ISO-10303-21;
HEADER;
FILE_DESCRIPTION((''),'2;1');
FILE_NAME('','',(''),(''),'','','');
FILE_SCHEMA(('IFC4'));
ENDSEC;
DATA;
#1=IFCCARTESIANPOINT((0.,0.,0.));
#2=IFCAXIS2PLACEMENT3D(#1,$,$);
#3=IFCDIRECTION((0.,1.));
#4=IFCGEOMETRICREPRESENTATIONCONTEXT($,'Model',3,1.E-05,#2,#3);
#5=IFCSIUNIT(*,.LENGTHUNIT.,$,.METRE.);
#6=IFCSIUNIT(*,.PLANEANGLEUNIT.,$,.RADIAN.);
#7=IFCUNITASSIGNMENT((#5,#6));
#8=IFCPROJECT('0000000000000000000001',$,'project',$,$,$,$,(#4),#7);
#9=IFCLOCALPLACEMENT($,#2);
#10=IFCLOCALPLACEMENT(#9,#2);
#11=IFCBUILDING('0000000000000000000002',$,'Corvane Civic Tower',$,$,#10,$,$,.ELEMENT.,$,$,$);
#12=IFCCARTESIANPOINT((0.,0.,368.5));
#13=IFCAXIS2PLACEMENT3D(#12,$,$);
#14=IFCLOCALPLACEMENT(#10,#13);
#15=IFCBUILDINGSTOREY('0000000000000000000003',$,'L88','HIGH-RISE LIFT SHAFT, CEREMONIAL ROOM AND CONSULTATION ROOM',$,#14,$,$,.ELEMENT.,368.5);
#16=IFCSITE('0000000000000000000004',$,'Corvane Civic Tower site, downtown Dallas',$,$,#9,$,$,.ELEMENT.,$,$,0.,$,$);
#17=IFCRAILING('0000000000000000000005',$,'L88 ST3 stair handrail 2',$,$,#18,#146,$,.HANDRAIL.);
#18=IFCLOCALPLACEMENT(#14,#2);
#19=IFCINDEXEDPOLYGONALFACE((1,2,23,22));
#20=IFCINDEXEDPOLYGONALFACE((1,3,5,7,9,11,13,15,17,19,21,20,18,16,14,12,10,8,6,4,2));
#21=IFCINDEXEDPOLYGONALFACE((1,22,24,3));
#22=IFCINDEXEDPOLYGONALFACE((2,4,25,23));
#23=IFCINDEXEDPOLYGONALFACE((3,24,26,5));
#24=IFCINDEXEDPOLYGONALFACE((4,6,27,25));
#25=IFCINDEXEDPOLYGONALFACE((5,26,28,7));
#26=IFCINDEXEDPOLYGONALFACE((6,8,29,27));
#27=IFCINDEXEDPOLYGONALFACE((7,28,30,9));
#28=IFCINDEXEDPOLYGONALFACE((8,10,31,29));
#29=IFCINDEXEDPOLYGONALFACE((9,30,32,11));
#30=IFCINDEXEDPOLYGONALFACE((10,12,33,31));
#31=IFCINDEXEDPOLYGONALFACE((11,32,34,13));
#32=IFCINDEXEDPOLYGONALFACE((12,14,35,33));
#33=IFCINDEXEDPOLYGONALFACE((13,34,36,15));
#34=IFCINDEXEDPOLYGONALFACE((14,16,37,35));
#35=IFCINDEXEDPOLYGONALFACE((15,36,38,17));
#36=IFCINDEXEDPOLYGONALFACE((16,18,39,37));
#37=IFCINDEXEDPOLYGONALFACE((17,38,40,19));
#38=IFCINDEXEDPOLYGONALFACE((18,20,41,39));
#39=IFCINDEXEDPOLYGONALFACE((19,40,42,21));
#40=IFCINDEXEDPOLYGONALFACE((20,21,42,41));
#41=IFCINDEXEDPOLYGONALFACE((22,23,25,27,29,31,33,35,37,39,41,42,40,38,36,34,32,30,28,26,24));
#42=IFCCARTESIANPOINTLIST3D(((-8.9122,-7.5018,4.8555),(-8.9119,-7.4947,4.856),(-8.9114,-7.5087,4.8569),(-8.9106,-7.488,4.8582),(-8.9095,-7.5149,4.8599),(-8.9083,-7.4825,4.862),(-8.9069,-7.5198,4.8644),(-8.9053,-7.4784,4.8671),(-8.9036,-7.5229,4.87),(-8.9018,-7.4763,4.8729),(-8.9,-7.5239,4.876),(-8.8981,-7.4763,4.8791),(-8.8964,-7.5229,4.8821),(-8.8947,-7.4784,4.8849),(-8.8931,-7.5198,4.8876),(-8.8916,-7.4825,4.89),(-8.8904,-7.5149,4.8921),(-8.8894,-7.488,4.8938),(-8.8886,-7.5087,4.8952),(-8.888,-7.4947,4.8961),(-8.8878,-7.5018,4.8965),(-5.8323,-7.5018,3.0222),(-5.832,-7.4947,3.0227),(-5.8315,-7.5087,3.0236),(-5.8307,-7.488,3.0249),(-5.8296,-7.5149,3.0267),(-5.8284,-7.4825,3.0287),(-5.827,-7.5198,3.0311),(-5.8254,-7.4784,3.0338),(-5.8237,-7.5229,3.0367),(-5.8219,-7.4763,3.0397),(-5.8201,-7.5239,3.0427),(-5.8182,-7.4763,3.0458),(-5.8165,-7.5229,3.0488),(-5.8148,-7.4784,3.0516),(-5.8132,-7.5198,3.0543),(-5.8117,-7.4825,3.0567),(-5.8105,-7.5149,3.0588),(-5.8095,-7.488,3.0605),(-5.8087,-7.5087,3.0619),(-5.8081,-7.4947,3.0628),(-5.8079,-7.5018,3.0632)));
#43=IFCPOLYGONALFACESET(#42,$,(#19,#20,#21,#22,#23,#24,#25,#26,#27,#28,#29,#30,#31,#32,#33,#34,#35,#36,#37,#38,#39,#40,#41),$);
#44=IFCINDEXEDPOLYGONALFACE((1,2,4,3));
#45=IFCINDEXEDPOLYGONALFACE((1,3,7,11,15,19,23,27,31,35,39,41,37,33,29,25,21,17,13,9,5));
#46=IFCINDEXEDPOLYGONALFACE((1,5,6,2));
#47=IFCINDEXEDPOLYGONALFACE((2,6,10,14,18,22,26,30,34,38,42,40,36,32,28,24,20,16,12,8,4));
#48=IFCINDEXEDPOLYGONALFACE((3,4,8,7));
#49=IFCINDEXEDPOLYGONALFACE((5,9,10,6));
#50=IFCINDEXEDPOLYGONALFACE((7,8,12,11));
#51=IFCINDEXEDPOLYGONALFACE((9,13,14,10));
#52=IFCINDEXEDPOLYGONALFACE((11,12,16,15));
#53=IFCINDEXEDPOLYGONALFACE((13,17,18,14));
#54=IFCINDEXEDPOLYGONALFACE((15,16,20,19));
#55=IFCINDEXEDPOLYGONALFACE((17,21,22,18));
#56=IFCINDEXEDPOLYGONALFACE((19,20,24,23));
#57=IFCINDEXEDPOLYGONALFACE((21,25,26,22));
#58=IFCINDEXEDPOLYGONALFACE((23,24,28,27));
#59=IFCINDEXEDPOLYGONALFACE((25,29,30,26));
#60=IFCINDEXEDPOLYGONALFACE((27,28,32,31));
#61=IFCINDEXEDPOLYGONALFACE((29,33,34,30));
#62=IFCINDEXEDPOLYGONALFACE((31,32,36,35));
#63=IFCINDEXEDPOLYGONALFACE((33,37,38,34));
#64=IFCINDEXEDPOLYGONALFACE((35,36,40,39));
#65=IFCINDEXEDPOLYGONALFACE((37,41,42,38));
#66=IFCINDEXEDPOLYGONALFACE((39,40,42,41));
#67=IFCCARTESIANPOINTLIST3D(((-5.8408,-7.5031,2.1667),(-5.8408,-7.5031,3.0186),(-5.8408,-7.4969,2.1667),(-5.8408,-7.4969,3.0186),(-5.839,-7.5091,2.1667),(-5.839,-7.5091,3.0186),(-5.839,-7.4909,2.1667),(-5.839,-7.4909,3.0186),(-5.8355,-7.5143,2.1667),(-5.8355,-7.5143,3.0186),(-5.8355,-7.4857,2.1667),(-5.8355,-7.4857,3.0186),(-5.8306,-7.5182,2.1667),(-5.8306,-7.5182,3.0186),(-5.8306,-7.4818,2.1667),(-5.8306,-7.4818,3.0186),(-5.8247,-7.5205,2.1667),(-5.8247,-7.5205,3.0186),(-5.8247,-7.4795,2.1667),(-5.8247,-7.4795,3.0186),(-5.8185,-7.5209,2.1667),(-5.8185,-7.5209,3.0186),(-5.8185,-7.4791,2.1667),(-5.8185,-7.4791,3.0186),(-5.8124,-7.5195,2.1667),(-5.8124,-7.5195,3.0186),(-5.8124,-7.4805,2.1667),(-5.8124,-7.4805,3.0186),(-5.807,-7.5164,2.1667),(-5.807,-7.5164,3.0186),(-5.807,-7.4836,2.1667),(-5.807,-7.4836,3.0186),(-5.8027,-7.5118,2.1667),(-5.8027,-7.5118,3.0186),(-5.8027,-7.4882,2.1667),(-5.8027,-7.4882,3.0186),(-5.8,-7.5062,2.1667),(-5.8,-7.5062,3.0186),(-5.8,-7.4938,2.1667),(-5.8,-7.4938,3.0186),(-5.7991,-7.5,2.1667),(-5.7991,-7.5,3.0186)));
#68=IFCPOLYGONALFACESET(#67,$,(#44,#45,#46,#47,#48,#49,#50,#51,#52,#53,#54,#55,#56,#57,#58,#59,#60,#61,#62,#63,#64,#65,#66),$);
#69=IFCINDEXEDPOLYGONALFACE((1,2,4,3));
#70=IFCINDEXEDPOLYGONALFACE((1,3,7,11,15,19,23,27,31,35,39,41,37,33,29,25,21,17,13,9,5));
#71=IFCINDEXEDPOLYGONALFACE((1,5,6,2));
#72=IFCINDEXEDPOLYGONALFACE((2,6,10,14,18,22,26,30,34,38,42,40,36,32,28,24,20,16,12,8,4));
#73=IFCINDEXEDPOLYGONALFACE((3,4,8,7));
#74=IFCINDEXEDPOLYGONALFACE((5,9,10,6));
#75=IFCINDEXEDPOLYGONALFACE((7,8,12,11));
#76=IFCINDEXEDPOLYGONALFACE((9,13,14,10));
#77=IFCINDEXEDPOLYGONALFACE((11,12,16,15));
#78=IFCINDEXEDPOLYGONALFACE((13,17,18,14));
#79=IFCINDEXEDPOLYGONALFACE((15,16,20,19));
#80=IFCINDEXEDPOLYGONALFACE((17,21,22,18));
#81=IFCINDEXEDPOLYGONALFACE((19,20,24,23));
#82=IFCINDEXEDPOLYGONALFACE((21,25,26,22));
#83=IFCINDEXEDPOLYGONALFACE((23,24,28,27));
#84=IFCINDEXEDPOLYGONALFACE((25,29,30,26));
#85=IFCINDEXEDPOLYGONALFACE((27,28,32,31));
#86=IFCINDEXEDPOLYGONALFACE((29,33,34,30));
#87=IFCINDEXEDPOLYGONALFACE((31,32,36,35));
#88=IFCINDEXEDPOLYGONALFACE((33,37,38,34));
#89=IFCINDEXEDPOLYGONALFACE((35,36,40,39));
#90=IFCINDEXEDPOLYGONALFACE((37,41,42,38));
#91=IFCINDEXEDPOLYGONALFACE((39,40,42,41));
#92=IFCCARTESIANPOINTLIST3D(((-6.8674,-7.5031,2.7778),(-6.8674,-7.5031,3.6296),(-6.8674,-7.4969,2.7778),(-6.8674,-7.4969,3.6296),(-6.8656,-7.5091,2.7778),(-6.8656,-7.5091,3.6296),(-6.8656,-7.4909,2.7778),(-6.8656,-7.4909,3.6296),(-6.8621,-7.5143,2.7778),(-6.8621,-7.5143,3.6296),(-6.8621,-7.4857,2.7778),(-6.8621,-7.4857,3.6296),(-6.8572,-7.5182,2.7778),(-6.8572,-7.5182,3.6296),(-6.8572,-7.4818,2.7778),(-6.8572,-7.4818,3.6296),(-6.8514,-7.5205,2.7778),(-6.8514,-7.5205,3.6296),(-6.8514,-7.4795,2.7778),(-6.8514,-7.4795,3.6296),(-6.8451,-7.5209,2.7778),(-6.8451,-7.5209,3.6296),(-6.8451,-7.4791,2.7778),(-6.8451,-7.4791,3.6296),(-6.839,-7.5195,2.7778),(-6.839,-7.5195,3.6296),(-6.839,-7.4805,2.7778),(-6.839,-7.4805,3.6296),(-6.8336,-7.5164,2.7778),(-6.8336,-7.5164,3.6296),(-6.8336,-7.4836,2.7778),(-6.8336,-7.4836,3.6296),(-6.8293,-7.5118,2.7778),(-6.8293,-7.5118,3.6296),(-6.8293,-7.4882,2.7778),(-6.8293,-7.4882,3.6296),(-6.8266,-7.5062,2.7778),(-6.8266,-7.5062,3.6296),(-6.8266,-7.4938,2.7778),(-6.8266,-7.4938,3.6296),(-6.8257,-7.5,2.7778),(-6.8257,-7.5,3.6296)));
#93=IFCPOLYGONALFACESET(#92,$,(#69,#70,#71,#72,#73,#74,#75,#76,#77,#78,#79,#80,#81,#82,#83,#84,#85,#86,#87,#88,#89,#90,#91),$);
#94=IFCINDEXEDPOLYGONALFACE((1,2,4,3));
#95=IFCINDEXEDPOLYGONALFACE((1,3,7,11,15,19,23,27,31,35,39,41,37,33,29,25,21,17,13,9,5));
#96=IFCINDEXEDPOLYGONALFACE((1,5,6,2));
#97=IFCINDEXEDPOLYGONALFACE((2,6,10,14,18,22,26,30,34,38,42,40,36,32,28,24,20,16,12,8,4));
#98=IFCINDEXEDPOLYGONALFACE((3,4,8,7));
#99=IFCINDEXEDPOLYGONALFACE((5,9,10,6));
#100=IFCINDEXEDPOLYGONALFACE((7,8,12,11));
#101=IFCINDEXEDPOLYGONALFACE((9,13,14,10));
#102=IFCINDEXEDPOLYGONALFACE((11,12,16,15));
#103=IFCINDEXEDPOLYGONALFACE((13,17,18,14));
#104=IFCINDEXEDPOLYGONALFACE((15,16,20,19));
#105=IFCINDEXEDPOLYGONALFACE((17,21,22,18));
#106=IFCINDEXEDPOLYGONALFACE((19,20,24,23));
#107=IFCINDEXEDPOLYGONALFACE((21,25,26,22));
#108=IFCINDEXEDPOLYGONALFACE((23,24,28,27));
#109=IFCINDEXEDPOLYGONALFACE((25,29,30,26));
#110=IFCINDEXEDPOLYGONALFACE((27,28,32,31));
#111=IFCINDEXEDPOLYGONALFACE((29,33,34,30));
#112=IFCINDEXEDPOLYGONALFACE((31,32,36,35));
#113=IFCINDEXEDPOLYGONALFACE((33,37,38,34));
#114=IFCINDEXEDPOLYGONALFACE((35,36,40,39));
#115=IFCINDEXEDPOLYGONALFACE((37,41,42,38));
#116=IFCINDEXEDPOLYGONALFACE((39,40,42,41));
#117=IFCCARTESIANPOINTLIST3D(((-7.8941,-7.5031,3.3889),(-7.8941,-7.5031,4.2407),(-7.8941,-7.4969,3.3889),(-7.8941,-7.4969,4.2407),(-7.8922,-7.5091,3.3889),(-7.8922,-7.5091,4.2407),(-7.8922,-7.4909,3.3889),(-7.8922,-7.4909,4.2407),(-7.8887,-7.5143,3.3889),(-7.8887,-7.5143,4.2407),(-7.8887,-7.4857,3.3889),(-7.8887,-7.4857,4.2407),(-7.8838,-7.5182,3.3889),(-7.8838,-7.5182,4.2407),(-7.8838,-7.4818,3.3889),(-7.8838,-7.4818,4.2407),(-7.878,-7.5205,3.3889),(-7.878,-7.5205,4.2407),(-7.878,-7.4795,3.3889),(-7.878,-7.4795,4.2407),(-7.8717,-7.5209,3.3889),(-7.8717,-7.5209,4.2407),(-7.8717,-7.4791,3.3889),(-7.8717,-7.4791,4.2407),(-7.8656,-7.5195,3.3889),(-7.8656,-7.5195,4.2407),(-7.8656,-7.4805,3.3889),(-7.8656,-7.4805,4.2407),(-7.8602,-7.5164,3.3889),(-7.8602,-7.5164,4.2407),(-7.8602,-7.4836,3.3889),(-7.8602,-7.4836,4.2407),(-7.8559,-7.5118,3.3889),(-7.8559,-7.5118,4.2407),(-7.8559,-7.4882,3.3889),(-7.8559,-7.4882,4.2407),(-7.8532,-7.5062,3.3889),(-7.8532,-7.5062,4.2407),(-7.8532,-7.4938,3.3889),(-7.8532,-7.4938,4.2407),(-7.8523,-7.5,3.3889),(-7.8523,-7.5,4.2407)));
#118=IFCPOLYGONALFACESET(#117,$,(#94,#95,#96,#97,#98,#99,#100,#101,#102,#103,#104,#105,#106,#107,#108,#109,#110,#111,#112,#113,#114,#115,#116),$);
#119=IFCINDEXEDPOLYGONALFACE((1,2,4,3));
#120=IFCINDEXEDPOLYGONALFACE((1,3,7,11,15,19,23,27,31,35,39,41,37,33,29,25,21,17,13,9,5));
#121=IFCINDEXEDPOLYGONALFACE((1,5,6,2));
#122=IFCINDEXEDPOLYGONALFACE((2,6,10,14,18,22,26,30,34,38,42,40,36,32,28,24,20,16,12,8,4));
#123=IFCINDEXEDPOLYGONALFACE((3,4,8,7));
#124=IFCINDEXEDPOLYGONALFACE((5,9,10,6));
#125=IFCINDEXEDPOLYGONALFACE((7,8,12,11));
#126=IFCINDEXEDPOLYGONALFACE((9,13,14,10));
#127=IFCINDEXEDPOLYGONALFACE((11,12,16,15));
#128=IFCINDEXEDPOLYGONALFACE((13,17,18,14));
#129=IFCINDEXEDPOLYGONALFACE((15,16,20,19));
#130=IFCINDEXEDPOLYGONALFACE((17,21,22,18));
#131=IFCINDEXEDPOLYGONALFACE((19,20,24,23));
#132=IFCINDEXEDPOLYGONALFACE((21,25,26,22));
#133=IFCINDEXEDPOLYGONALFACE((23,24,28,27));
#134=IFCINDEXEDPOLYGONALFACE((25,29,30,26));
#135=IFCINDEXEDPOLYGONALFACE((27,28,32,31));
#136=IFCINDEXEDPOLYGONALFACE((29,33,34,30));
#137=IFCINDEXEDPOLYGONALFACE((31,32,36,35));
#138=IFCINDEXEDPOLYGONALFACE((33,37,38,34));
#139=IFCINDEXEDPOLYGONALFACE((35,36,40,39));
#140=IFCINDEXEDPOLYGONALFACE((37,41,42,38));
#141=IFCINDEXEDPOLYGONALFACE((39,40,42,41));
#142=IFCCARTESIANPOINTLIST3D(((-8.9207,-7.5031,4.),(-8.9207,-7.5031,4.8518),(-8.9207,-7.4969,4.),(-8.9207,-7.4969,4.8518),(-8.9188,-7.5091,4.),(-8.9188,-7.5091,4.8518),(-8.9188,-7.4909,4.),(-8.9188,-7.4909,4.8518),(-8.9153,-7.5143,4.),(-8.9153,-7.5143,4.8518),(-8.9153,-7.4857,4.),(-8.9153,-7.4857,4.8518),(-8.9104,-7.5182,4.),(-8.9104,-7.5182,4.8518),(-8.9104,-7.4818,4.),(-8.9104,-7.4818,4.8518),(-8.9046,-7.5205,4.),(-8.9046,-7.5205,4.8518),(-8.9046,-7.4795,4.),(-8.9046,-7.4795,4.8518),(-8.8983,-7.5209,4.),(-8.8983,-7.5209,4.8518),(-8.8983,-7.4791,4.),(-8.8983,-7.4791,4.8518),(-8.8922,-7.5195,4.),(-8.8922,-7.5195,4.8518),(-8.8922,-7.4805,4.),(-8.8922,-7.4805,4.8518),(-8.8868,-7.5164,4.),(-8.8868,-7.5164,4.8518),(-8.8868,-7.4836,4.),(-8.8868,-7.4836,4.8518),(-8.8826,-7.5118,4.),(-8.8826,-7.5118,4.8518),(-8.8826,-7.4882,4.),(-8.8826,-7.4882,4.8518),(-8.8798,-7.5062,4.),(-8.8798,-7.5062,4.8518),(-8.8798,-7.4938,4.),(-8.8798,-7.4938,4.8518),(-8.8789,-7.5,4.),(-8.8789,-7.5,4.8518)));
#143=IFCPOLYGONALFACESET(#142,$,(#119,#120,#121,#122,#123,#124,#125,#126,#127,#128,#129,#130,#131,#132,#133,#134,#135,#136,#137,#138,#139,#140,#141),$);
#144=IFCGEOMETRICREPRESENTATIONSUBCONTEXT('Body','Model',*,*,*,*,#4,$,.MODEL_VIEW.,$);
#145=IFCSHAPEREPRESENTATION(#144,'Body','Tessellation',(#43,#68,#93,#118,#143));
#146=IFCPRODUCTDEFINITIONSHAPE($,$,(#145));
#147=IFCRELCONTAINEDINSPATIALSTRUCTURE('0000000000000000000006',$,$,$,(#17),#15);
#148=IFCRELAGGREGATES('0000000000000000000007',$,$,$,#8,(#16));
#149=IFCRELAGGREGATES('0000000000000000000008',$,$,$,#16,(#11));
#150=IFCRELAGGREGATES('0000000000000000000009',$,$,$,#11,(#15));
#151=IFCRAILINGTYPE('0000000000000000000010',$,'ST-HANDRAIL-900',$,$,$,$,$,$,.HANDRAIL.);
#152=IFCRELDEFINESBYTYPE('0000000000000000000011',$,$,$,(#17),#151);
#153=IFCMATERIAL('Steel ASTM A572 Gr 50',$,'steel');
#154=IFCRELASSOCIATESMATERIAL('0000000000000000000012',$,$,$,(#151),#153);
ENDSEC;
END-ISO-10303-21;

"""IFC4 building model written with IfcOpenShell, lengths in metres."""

from ifc_helpers import new_model, si_unit, direction, frame, origin, origin_2d, place, context, subcontext, project, spatial, circle, extrude, material, type_object, element, save


model = new_model("IFC4")

# Units and contexts
model_context = context("Model", 3, precision=1e-05, world=origin(), true_north=direction((0.0, 1.0)))
body_context = subcontext(model_context, "Body", "Model", "MODEL_VIEW")
ifc_project = project(units=[si_unit("LENGTHUNIT", "METRE"), si_unit("PLANEANGLEUNIT", "RADIAN")], contexts=[model_context])

# Site, building, storey
site_placement = place(None, origin())
site = spatial("IfcSite", under=ifc_project, at=site_placement, Name="Corvane Civic Tower site, downtown Dallas", CompositionType="ELEMENT", RefElevation=0.0)
building_placement = place(site_placement, origin())
building = spatial("IfcBuilding", under=site, at=building_placement, Name="Corvane Civic Tower", CompositionType="ELEMENT")
storey_placement = place(building_placement, frame((0.0, 0.0, 368.5)))
storey = spatial("IfcBuildingStorey", under=building, at=storey_placement, Name="L88", Description="HIGH-RISE LIFT SHAFT, CEREMONIAL ROOM AND CONSULTATION ROOM", CompositionType="ELEMENT", Elevation=368.5)

# Railing
ifc_material_1 = material(Name="Steel ASTM A572 Gr 50", Category="steel")
railing_type = type_object("IfcRailingType", Name="ST-HANDRAIL-900", PredefinedType="HANDRAIL", material=ifc_material_1)
railing_placement = place(storey_placement, frame((-5.8201, -7.5, 2.1667)))
element("IfcRailing", 1, at=railing_placement, inside=storey, type_object=railing_type, Name="L88 ST3 stair handrail 2", PredefinedType="HANDRAIL", context=body_context, shape_type="SweptSolid", body=[
    extrude(circle(Radius=0.0239, at=origin_2d()), frame((0.0, 0.0, 0.876), z_axis=(-0.859291, 0.0, 0.511487), x_axis=(0.0, -1.0, 0.0)), (0.0, 0.0, 1.0), 3.5842),
    extrude(circle(Radius=0.021, at=origin_2d()), origin(), (0.0, 0.0, 1.0), 0.8518),
    extrude(circle(Radius=0.021, at=origin_2d()), frame((-1.0266, 0.0, 0.6111)), (0.0, 0.0, 1.0), 0.8518),
    extrude(circle(Radius=0.021, at=origin_2d()), frame((-2.0532, 0.0, 1.2222)), (0.0, 0.0, 1.0), 0.8518),
    extrude(circle(Radius=0.021, at=origin_2d()), frame((-3.0798, 0.0, 1.8333)), (0.0, 0.0, 1.0), 0.8518),
])

save(model, "model.ifc")
